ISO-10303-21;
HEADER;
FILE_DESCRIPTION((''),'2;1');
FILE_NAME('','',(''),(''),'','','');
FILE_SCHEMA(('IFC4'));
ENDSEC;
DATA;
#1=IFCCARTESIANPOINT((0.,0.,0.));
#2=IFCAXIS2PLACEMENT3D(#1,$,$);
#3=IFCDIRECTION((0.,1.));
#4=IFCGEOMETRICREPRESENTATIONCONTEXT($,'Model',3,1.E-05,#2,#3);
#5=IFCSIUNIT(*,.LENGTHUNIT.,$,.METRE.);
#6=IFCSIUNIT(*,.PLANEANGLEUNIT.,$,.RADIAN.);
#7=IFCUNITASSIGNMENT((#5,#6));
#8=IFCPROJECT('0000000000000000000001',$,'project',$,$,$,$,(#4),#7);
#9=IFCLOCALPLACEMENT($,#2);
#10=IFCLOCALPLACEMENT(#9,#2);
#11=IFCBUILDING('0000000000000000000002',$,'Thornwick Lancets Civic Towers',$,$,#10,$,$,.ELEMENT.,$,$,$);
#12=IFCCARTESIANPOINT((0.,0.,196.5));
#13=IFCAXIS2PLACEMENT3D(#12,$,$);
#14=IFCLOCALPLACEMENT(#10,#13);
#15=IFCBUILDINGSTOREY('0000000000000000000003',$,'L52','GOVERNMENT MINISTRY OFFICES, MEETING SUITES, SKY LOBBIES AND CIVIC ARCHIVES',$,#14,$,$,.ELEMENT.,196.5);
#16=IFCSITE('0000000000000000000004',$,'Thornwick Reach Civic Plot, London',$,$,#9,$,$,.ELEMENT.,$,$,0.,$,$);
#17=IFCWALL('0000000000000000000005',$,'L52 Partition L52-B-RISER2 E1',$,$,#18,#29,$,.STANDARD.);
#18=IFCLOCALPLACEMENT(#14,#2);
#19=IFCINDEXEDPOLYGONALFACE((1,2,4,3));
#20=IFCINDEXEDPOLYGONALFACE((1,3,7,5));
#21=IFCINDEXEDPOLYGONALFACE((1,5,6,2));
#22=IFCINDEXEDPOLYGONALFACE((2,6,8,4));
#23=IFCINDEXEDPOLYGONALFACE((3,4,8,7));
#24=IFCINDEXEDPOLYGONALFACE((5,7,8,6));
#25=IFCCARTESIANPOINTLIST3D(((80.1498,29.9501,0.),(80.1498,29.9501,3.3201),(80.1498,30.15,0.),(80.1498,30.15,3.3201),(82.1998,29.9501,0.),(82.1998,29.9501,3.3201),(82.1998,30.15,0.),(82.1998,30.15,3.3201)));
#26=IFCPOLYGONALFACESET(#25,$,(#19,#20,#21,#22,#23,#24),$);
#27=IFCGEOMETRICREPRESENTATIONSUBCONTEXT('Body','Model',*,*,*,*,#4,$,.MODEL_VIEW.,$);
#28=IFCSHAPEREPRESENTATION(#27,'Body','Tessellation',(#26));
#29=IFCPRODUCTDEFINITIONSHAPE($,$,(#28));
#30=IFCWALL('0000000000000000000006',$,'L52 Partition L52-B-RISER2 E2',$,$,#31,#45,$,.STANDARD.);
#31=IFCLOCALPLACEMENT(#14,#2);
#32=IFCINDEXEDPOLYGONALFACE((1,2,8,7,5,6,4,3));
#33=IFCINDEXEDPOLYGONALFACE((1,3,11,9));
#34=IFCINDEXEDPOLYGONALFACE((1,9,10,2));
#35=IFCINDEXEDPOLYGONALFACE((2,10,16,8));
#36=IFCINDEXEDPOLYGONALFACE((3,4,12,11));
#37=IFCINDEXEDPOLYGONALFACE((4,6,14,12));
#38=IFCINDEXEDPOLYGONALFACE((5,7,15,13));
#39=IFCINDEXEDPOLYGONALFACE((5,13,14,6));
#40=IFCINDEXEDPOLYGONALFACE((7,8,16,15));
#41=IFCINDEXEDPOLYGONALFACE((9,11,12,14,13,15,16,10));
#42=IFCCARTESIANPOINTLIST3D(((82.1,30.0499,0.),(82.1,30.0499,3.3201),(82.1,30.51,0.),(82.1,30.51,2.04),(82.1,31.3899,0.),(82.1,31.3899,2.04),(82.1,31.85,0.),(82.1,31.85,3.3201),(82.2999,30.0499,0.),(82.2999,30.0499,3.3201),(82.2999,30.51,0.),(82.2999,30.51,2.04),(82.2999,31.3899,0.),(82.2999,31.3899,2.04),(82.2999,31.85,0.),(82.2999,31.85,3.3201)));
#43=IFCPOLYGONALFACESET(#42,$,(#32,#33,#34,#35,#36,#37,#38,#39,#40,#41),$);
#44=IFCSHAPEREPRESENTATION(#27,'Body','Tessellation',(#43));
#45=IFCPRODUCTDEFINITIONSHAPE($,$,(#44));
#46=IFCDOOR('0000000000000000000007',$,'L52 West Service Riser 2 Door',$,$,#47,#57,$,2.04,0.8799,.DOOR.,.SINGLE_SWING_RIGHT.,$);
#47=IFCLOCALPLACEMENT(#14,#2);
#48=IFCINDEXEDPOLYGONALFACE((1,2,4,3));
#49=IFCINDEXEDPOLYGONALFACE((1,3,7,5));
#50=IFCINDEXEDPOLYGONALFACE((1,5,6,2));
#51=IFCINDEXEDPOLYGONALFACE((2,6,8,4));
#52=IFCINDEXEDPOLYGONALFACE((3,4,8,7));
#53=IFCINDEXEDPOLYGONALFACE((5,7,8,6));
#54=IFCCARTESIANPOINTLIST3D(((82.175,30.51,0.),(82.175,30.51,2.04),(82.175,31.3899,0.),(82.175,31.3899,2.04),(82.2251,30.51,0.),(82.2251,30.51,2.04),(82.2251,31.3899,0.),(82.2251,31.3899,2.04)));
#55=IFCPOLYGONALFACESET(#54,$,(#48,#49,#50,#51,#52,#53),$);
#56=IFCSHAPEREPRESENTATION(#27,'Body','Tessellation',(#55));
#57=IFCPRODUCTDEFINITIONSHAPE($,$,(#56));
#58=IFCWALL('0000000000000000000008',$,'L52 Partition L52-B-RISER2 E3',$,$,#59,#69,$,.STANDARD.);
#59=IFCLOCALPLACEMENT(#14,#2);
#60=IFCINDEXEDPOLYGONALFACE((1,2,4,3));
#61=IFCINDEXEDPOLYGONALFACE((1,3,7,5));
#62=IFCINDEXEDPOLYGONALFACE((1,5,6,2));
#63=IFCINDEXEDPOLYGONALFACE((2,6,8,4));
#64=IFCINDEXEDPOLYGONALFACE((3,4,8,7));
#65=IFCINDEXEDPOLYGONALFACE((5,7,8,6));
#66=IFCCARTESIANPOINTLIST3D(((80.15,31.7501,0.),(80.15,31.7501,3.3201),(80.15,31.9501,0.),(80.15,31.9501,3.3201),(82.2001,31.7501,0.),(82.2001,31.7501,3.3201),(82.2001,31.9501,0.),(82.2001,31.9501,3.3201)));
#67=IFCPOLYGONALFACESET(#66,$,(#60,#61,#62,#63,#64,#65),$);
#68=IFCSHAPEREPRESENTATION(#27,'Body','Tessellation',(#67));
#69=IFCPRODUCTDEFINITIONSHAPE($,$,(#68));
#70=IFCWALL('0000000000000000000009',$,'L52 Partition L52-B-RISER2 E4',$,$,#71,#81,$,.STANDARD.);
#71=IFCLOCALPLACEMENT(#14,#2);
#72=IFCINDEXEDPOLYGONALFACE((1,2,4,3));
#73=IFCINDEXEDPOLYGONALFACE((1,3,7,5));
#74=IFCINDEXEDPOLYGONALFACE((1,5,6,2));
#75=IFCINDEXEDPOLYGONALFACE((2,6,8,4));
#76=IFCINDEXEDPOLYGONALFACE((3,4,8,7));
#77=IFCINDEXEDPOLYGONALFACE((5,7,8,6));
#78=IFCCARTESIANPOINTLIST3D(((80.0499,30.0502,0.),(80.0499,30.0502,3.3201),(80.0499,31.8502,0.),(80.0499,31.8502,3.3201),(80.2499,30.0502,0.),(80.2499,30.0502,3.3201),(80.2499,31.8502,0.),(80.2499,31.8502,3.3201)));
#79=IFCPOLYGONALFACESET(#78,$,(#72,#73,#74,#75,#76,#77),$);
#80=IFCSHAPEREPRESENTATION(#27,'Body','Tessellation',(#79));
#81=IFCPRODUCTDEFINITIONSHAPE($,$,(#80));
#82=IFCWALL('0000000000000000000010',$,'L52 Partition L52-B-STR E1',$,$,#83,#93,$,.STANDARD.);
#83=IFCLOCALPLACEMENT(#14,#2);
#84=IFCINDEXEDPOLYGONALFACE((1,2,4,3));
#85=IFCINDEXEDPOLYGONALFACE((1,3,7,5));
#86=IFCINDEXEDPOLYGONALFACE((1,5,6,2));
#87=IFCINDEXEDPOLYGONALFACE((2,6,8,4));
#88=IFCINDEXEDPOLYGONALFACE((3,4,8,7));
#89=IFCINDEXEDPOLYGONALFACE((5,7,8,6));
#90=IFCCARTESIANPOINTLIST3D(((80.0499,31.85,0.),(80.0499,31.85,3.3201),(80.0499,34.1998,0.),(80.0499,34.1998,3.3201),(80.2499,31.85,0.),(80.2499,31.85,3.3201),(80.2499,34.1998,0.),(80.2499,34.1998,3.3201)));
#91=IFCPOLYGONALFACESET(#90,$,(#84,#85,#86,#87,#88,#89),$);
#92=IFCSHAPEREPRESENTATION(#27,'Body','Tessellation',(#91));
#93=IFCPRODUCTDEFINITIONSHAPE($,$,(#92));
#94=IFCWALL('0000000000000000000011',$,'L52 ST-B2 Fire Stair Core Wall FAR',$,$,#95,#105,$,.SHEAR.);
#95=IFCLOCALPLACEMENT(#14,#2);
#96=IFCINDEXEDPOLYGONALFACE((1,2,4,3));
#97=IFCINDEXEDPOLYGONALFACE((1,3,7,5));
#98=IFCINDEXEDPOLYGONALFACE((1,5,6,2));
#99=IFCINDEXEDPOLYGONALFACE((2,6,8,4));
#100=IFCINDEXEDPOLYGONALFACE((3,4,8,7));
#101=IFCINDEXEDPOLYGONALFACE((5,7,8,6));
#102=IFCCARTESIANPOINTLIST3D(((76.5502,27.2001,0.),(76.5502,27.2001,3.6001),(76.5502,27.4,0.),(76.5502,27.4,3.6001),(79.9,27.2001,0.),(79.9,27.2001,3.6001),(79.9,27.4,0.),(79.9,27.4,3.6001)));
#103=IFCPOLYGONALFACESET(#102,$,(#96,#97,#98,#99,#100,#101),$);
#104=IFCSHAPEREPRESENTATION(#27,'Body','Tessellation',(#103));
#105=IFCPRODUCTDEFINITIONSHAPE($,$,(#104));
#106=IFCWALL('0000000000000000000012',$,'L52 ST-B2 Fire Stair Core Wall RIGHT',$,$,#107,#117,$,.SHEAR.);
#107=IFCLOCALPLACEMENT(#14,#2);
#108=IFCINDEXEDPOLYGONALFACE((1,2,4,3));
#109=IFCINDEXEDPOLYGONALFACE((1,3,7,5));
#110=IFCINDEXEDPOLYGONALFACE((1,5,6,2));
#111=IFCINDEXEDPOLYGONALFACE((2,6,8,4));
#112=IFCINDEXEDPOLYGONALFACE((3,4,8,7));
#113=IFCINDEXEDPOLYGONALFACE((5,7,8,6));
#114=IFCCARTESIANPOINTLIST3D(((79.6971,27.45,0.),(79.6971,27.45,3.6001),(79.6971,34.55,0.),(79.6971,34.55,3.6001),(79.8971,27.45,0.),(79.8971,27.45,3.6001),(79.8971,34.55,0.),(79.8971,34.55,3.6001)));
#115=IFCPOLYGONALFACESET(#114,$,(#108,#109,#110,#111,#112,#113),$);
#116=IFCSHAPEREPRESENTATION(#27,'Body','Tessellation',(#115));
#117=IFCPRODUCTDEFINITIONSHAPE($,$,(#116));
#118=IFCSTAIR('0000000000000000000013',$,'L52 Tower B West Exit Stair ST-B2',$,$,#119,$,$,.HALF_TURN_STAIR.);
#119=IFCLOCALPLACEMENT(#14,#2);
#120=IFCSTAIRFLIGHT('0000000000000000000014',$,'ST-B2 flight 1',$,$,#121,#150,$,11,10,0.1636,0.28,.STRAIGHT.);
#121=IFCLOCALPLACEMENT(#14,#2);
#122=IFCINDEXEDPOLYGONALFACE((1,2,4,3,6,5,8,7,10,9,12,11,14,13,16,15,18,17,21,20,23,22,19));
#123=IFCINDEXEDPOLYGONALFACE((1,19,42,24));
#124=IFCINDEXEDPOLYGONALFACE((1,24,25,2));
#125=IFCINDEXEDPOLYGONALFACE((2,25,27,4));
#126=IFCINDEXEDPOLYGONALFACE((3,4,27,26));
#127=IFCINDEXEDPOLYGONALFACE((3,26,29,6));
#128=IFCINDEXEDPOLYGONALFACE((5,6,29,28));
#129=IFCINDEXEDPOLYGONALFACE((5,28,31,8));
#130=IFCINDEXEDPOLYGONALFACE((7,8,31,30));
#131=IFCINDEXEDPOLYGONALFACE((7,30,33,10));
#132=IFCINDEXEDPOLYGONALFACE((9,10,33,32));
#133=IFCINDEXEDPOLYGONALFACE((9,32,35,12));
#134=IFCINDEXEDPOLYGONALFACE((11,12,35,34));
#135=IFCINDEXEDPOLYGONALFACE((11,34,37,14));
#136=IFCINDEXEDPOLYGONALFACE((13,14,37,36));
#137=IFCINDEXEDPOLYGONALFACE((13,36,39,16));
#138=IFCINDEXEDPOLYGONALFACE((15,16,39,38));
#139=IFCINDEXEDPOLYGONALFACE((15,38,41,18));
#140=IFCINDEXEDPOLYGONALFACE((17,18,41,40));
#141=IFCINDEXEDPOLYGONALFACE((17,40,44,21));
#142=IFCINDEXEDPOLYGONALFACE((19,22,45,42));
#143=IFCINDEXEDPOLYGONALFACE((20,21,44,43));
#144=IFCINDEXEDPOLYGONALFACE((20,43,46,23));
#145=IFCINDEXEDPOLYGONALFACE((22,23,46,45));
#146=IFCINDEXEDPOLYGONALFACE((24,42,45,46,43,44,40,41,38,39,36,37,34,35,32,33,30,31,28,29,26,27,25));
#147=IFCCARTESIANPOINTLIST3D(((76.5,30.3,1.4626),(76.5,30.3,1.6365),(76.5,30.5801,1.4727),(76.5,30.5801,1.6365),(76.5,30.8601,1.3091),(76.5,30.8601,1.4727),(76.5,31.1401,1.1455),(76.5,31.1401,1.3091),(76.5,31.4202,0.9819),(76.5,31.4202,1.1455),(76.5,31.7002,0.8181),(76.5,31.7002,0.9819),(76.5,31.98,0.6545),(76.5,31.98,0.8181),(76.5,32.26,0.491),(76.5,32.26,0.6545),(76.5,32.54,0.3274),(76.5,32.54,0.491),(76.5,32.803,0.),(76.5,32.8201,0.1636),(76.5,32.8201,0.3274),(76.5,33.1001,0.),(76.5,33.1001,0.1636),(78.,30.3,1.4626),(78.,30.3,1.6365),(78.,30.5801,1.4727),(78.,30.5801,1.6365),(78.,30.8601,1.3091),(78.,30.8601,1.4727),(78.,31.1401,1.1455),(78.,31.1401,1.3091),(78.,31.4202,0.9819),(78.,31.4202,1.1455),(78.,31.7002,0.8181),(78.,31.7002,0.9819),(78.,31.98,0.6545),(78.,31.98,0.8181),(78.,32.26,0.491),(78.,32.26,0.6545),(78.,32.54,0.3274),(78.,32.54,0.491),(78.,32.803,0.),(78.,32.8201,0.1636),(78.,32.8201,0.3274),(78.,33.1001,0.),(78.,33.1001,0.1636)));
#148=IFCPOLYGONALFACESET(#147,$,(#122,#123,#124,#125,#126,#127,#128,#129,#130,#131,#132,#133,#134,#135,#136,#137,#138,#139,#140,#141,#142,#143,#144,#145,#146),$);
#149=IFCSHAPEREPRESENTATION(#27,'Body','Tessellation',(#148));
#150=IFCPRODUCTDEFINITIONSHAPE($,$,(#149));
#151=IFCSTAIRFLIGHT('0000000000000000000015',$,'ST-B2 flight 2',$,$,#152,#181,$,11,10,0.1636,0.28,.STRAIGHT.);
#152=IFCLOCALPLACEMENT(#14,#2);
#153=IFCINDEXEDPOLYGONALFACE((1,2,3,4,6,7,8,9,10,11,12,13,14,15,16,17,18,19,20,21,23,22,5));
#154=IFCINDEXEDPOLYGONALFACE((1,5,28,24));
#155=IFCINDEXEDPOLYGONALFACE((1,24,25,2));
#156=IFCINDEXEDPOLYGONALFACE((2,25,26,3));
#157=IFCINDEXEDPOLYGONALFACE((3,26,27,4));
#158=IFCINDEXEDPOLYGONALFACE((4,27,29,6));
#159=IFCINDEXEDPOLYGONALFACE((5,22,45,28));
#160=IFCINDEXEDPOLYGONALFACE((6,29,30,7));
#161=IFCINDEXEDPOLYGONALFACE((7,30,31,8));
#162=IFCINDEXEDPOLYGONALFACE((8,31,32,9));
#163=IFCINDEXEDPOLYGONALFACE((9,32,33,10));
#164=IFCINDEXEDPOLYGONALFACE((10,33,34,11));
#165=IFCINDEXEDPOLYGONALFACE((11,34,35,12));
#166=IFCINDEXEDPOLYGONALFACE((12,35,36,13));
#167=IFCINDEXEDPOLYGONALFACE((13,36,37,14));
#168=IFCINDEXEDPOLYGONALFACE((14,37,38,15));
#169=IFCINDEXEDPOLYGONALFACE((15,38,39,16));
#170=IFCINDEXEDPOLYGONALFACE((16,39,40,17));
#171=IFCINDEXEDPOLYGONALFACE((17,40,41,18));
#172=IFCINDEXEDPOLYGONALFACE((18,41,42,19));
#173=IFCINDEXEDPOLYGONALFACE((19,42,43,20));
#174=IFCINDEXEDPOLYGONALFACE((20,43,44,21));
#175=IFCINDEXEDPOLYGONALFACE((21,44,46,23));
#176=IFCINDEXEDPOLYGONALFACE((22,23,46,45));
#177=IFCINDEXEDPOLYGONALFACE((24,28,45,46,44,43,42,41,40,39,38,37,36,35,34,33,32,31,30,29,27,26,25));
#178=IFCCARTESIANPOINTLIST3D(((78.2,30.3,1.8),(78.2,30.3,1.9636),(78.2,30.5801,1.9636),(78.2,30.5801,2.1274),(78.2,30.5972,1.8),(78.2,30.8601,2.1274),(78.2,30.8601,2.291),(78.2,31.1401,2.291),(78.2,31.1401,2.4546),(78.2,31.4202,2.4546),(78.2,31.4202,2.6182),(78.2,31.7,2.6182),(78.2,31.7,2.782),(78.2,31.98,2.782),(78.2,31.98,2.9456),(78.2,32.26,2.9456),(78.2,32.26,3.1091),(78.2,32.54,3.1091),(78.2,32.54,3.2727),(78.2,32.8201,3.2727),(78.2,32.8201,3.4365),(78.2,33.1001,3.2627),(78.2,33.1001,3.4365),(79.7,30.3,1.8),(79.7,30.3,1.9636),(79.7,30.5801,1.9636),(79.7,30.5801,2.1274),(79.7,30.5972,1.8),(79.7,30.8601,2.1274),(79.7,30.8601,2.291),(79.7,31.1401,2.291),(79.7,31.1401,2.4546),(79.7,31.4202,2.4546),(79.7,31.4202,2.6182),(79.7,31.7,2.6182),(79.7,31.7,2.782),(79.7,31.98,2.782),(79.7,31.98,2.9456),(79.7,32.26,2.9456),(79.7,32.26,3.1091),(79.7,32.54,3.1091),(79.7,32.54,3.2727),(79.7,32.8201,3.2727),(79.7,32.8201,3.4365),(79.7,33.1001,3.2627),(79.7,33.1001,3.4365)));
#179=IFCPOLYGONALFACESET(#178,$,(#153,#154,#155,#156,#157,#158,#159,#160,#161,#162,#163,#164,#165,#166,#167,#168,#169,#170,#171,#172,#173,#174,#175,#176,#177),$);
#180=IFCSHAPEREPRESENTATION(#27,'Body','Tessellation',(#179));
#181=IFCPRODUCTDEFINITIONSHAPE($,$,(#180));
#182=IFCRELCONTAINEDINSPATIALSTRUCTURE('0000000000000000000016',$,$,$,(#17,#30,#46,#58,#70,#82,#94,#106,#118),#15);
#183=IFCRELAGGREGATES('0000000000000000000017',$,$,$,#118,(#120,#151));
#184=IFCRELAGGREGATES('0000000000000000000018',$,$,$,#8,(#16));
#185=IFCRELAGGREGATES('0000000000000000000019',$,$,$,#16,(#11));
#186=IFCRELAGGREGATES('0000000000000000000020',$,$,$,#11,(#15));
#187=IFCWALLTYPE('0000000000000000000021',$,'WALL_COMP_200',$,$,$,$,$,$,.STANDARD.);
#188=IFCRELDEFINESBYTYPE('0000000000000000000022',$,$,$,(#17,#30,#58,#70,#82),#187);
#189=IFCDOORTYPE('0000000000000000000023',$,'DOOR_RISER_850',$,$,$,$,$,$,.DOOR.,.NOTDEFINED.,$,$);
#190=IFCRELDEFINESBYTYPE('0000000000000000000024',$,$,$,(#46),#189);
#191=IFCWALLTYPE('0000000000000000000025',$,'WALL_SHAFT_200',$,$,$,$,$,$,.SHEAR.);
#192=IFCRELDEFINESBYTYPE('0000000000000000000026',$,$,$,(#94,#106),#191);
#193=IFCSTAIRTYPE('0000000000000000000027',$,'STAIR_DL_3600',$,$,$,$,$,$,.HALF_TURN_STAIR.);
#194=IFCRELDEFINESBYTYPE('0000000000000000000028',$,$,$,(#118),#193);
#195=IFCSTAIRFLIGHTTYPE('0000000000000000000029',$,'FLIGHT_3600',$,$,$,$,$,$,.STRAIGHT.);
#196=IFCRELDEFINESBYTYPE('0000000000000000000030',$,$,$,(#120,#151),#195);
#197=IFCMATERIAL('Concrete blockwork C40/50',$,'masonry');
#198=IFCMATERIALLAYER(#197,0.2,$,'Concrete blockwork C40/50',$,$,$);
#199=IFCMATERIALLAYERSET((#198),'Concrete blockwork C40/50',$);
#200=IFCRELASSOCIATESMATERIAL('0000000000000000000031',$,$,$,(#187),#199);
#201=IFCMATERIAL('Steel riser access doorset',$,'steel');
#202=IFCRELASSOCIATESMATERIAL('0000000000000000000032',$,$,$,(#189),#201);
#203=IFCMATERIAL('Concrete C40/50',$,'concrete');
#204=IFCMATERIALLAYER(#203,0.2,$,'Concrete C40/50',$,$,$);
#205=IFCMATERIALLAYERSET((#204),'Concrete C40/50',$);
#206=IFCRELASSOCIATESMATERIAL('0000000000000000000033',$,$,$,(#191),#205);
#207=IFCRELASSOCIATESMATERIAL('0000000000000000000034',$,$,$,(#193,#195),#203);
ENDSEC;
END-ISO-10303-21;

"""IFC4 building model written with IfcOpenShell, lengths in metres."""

from ifc_helpers import new_model, si_unit, direction, frame, frame_2d, origin, place, context, subcontext, project, spatial, polyline, rectangle, outline, extrude, material, layer, layer_set, type_object, element, fill, aggregate, save


model = new_model("IFC4")

# Units and contexts
model_context = context("Model", 3, precision=1e-05, world=origin(), true_north=direction((0.0, 1.0)))
body_context = subcontext(model_context, "Body", "Model", "MODEL_VIEW")
ifc_project = project(units=[si_unit("LENGTHUNIT", "METRE"), si_unit("PLANEANGLEUNIT", "RADIAN")], contexts=[model_context])

# Site, building, storey
site_placement = place(None, origin())
site = spatial("IfcSite", under=ifc_project, at=site_placement, Name="Thornwick Reach Civic Plot, London", CompositionType="ELEMENT", RefElevation=0.0)
building_placement = place(site_placement, origin())
building = spatial("IfcBuilding", under=site, at=building_placement, Name="Thornwick Lancets Civic Towers", CompositionType="ELEMENT")
storey_placement = place(building_placement, frame((0.0, 0.0, 196.5)))
storey = spatial("IfcBuildingStorey", under=building, at=storey_placement, Name="L52", Description="GOVERNMENT MINISTRY OFFICES, MEETING SUITES, SKY LOBBIES AND CIVIC ARCHIVES", CompositionType="ELEMENT", Elevation=196.5)

# Wall
ifc_material_1 = material(Name="Concrete blockwork C40/50", Category="masonry")
ifc_layer_1 = layer(ifc_material_1, 0.2, Name="Concrete blockwork C40/50")
ifc_layer_set_1 = layer_set([ifc_layer_1], Name="Concrete blockwork C40/50")
wall_type_1 = type_object("IfcWallType", Name="WALL_COMP_200", PredefinedType="STANDARD", material=ifc_layer_set_1)
wall_1_placement = place(storey_placement, frame((80.1499, 30.05, 0.0), z_axis=(0.0, 0.0, 1.0), x_axis=(1.0, 0.0, 0.0)))
element("IfcWall", 1, at=wall_1_placement, inside=storey, type_object=wall_type_1, Name="L52 Partition L52-B-RISER2 E1", PredefinedType="STANDARD", context=body_context, shape_type="SweptSolid", body=[
    extrude(rectangle(XDim=2.05, YDim=0.2, at=frame_2d((1.0249, 0.0))), origin(), (0.0, 0.0, 1.0), 3.3201),
])

# Wall, opening, door
wall_2_placement = place(storey_placement, frame((82.2, 30.05, 0.0), z_axis=(0.0, 0.0, 1.0), x_axis=(0.0, 1.0, 0.0)))
wall_2 = element("IfcWall", 2, at=wall_2_placement, inside=storey, type_object=wall_type_1, Name="L52 Partition L52-B-RISER2 E2", PredefinedType="STANDARD", context=body_context, shape_type="SweptSolid", body=[
    extrude(rectangle(XDim=1.8, YDim=0.2, at=frame_2d((0.8999, 0.0))), origin(), (0.0, 0.0, 1.0), 3.3201),
])
opening_placement = place(wall_2_placement, frame((0.46, 0.0, 0.0)))
opening = element("IfcOpeningElement", 3, at=opening_placement, cuts=wall_2, PredefinedType="OPENING", context=body_context, shape_type="SweptSolid", body=[
    extrude(rectangle(XDim=0.8799, YDim=2.04, at=frame_2d((0.4399, 1.02))), frame((0.0, 0.1099, 0.0), z_axis=(0.0, -1.0, 0.0), x_axis=(1.0, 0.0, 0.0)), (0.0, 0.0, 1.0), 0.22),
])
ifc_material_2 = material(Name="Steel riser access doorset", Category="steel")
door_type = type_object("IfcDoorType", Name="DOOR_RISER_850", OperationType="NOTDEFINED", PredefinedType="DOOR", material=ifc_material_2)
door_placement = place(opening_placement, origin())
door = element("IfcDoor", 4, at=door_placement, inside=storey, type_object=door_type, Name="L52 West Service Riser 2 Door", OperationType="SINGLE_SWING_RIGHT", OverallHeight=2.04, OverallWidth=0.8799, PredefinedType="DOOR", context=body_context, shape_type="SweptSolid", body=[
    extrude(rectangle(XDim=0.8799, YDim=2.04, at=frame_2d((0.4399, 1.02))), frame((0.0, 0.0249, 0.0), z_axis=(0.0, -1.0, 0.0), x_axis=(1.0, 0.0, 0.0)), (0.0, 0.0, 1.0), 0.05),
])
fill(opening, door)

# Walls
wall_3_placement = place(storey_placement, frame((82.2, 31.8501, 0.0), z_axis=(0.0, 0.0, 1.0), x_axis=(-1.0, 0.0, 0.0)))
element("IfcWall", 5, at=wall_3_placement, inside=storey, type_object=wall_type_1, Name="L52 Partition L52-B-RISER2 E3", PredefinedType="STANDARD", context=body_context, shape_type="SweptSolid", body=[
    extrude(rectangle(XDim=2.05, YDim=0.2, at=frame_2d((1.0249, 0.0))), origin(), (0.0, 0.0, 1.0), 3.3201),
])
wall_4_placement = place(storey_placement, frame((80.1499, 31.8501, 0.0), z_axis=(0.0, 0.0, 1.0), x_axis=(0.0, -1.0, 0.0)))
element("IfcWall", 6, at=wall_4_placement, inside=storey, type_object=wall_type_1, Name="L52 Partition L52-B-RISER2 E4", PredefinedType="STANDARD", context=body_context, shape_type="SweptSolid", body=[
    extrude(rectangle(XDim=1.8, YDim=0.2, at=frame_2d((0.8999, 0.0))), origin(), (0.0, 0.0, 1.0), 3.3201),
])
wall_5_placement = place(storey_placement, frame((80.1499, 31.8501, 0.0), z_axis=(0.0, 0.0, 1.0), x_axis=(0.0, 1.0, 0.0)))
element("IfcWall", 7, at=wall_5_placement, inside=storey, type_object=wall_type_1, Name="L52 Partition L52-B-STR E1", PredefinedType="STANDARD", context=body_context, shape_type="SweptSolid", body=[
    extrude(rectangle(XDim=2.3499, YDim=0.2, at=frame_2d((1.1748, 0.0))), origin(), (0.0, 0.0, 1.0), 3.3201),
])
ifc_material_3 = material(Name="Concrete C40/50", Category="concrete")
ifc_layer_2 = layer(ifc_material_3, 0.2, Name="Concrete C40/50")
ifc_layer_set_2 = layer_set([ifc_layer_2], Name="Concrete C40/50")
wall_type_2 = type_object("IfcWallType", Name="WALL_SHAFT_200", PredefinedType="SHEAR", material=ifc_layer_set_2)
wall_6_placement = place(storey_placement, frame((79.8999, 27.3, 0.0), z_axis=(0.0, 0.0, 1.0), x_axis=(-1.0, 0.0, 0.0)))
element("IfcWall", 8, at=wall_6_placement, inside=storey, type_object=wall_type_2, Name="L52 ST-B2 Fire Stair Core Wall FAR", PredefinedType="SHEAR", context=body_context, shape_type="SweptSolid", body=[
    extrude(rectangle(XDim=3.3499, YDim=0.2, at=frame_2d((1.6748, 0.0))), origin(), (0.0, 0.0, 1.0), 3.6001),
])
wall_7_placement = place(storey_placement, frame((79.7971, 27.45, 0.0), z_axis=(0.0, 0.0, 1.0), x_axis=(0.0, 1.0, 0.0)))
element("IfcWall", 9, at=wall_7_placement, inside=storey, type_object=wall_type_2, Name="L52 ST-B2 Fire Stair Core Wall RIGHT", PredefinedType="SHEAR", context=body_context, shape_type="SweptSolid", body=[
    extrude(rectangle(XDim=7.1001, YDim=0.2, at=frame_2d((3.55, 0.0))), origin(), (0.0, 0.0, 1.0), 3.6001),
])

# Stair, stair flights
stair_type = type_object("IfcStairType", Name="STAIR_DL_3600", PredefinedType="HALF_TURN_STAIR", material=ifc_material_3)
stair_placement = place(storey_placement, origin())
stair = element("IfcStair", 10, at=stair_placement, inside=storey, type_object=stair_type, Name="L52 Tower B West Exit Stair ST-B2", PredefinedType="HALF_TURN_STAIR")
stair_flight_type = type_object("IfcStairFlightType", Name="FLIGHT_3600", PredefinedType="STRAIGHT", material=ifc_material_3)
stair_flight_1_placement = place(storey_placement, frame((77.25, 33.1001, 0.0), z_axis=(0.0, 0.0, 1.0), x_axis=(0.0, -1.0, 0.0)))
stair_flight_1 = element("IfcStairFlight", 11, at=stair_flight_1_placement, type_object=stair_flight_type, Name="ST-B2 flight 1", NumberOfRisers=11, NumberOfTreads=10, PredefinedType="STRAIGHT", RiserHeight=0.1636, TreadLength=0.28, context=body_context, shape_type="SweptSolid", body=[
    extrude(outline(polyline([(0.0, 0.0), (0.0, 0.1636), (0.28, 0.1636), (0.28, 0.3274), (0.5601, 0.3274), (0.5601, 0.491), (0.8401, 0.491), (0.8401, 0.6545), (1.1201, 0.6545), (1.1201, 0.8181), (1.3999, 0.8181), (1.3999, 0.9819), (1.6799, 0.9819), (1.6799, 1.1455), (1.96, 1.1455), (1.96, 1.3091), (2.24, 1.3091), (2.24, 1.4727), (2.52, 1.4727), (2.52, 1.6365), (2.8, 1.6365), (2.8, 1.8), (2.8, 1.4626), (0.2971, 0.0), (0.0, 0.0)])), frame((0.0, 0.75, 0.0), z_axis=(0.0, -1.0, 0.0), x_axis=(1.0, 0.0, 0.0)), (0.0, 0.0, 1.0), 1.5),
])
stair_flight_2_placement = place(storey_placement, frame((78.95, 30.3, 1.8), z_axis=(0.0, 0.0, 1.0), x_axis=(0.0, 1.0, 0.0)))
stair_flight_2 = element("IfcStairFlight", 12, at=stair_flight_2_placement, type_object=stair_flight_type, Name="ST-B2 flight 2", NumberOfRisers=11, NumberOfTreads=10, PredefinedType="STRAIGHT", RiserHeight=0.1636, TreadLength=0.28, context=body_context, shape_type="SweptSolid", body=[
    extrude(outline(polyline([(0.0, 0.0), (0.0, 0.1636), (0.28, 0.1636), (0.28, 0.3274), (0.5601, 0.3274), (0.5601, 0.491), (0.8401, 0.491), (0.8401, 0.6545), (1.1201, 0.6545), (1.1201, 0.8181), (1.3999, 0.8181), (1.3999, 0.9819), (1.6799, 0.9819), (1.6799, 1.1455), (1.96, 1.1455), (1.96, 1.3091), (2.24, 1.3091), (2.24, 1.4727), (2.52, 1.4727), (2.52, 1.6365), (2.8, 1.6365), (2.8, 1.8), (2.8, 1.4626), (0.2971, 0.0), (0.0, 0.0)])), frame((0.0, 0.75, 0.0), z_axis=(0.0, -1.0, 0.0), x_axis=(1.0, 0.0, 0.0)), (0.0, 0.0, 1.0), 1.5),
])
aggregate(stair, [stair_flight_1, stair_flight_2])

save(model, "model.ifc")
